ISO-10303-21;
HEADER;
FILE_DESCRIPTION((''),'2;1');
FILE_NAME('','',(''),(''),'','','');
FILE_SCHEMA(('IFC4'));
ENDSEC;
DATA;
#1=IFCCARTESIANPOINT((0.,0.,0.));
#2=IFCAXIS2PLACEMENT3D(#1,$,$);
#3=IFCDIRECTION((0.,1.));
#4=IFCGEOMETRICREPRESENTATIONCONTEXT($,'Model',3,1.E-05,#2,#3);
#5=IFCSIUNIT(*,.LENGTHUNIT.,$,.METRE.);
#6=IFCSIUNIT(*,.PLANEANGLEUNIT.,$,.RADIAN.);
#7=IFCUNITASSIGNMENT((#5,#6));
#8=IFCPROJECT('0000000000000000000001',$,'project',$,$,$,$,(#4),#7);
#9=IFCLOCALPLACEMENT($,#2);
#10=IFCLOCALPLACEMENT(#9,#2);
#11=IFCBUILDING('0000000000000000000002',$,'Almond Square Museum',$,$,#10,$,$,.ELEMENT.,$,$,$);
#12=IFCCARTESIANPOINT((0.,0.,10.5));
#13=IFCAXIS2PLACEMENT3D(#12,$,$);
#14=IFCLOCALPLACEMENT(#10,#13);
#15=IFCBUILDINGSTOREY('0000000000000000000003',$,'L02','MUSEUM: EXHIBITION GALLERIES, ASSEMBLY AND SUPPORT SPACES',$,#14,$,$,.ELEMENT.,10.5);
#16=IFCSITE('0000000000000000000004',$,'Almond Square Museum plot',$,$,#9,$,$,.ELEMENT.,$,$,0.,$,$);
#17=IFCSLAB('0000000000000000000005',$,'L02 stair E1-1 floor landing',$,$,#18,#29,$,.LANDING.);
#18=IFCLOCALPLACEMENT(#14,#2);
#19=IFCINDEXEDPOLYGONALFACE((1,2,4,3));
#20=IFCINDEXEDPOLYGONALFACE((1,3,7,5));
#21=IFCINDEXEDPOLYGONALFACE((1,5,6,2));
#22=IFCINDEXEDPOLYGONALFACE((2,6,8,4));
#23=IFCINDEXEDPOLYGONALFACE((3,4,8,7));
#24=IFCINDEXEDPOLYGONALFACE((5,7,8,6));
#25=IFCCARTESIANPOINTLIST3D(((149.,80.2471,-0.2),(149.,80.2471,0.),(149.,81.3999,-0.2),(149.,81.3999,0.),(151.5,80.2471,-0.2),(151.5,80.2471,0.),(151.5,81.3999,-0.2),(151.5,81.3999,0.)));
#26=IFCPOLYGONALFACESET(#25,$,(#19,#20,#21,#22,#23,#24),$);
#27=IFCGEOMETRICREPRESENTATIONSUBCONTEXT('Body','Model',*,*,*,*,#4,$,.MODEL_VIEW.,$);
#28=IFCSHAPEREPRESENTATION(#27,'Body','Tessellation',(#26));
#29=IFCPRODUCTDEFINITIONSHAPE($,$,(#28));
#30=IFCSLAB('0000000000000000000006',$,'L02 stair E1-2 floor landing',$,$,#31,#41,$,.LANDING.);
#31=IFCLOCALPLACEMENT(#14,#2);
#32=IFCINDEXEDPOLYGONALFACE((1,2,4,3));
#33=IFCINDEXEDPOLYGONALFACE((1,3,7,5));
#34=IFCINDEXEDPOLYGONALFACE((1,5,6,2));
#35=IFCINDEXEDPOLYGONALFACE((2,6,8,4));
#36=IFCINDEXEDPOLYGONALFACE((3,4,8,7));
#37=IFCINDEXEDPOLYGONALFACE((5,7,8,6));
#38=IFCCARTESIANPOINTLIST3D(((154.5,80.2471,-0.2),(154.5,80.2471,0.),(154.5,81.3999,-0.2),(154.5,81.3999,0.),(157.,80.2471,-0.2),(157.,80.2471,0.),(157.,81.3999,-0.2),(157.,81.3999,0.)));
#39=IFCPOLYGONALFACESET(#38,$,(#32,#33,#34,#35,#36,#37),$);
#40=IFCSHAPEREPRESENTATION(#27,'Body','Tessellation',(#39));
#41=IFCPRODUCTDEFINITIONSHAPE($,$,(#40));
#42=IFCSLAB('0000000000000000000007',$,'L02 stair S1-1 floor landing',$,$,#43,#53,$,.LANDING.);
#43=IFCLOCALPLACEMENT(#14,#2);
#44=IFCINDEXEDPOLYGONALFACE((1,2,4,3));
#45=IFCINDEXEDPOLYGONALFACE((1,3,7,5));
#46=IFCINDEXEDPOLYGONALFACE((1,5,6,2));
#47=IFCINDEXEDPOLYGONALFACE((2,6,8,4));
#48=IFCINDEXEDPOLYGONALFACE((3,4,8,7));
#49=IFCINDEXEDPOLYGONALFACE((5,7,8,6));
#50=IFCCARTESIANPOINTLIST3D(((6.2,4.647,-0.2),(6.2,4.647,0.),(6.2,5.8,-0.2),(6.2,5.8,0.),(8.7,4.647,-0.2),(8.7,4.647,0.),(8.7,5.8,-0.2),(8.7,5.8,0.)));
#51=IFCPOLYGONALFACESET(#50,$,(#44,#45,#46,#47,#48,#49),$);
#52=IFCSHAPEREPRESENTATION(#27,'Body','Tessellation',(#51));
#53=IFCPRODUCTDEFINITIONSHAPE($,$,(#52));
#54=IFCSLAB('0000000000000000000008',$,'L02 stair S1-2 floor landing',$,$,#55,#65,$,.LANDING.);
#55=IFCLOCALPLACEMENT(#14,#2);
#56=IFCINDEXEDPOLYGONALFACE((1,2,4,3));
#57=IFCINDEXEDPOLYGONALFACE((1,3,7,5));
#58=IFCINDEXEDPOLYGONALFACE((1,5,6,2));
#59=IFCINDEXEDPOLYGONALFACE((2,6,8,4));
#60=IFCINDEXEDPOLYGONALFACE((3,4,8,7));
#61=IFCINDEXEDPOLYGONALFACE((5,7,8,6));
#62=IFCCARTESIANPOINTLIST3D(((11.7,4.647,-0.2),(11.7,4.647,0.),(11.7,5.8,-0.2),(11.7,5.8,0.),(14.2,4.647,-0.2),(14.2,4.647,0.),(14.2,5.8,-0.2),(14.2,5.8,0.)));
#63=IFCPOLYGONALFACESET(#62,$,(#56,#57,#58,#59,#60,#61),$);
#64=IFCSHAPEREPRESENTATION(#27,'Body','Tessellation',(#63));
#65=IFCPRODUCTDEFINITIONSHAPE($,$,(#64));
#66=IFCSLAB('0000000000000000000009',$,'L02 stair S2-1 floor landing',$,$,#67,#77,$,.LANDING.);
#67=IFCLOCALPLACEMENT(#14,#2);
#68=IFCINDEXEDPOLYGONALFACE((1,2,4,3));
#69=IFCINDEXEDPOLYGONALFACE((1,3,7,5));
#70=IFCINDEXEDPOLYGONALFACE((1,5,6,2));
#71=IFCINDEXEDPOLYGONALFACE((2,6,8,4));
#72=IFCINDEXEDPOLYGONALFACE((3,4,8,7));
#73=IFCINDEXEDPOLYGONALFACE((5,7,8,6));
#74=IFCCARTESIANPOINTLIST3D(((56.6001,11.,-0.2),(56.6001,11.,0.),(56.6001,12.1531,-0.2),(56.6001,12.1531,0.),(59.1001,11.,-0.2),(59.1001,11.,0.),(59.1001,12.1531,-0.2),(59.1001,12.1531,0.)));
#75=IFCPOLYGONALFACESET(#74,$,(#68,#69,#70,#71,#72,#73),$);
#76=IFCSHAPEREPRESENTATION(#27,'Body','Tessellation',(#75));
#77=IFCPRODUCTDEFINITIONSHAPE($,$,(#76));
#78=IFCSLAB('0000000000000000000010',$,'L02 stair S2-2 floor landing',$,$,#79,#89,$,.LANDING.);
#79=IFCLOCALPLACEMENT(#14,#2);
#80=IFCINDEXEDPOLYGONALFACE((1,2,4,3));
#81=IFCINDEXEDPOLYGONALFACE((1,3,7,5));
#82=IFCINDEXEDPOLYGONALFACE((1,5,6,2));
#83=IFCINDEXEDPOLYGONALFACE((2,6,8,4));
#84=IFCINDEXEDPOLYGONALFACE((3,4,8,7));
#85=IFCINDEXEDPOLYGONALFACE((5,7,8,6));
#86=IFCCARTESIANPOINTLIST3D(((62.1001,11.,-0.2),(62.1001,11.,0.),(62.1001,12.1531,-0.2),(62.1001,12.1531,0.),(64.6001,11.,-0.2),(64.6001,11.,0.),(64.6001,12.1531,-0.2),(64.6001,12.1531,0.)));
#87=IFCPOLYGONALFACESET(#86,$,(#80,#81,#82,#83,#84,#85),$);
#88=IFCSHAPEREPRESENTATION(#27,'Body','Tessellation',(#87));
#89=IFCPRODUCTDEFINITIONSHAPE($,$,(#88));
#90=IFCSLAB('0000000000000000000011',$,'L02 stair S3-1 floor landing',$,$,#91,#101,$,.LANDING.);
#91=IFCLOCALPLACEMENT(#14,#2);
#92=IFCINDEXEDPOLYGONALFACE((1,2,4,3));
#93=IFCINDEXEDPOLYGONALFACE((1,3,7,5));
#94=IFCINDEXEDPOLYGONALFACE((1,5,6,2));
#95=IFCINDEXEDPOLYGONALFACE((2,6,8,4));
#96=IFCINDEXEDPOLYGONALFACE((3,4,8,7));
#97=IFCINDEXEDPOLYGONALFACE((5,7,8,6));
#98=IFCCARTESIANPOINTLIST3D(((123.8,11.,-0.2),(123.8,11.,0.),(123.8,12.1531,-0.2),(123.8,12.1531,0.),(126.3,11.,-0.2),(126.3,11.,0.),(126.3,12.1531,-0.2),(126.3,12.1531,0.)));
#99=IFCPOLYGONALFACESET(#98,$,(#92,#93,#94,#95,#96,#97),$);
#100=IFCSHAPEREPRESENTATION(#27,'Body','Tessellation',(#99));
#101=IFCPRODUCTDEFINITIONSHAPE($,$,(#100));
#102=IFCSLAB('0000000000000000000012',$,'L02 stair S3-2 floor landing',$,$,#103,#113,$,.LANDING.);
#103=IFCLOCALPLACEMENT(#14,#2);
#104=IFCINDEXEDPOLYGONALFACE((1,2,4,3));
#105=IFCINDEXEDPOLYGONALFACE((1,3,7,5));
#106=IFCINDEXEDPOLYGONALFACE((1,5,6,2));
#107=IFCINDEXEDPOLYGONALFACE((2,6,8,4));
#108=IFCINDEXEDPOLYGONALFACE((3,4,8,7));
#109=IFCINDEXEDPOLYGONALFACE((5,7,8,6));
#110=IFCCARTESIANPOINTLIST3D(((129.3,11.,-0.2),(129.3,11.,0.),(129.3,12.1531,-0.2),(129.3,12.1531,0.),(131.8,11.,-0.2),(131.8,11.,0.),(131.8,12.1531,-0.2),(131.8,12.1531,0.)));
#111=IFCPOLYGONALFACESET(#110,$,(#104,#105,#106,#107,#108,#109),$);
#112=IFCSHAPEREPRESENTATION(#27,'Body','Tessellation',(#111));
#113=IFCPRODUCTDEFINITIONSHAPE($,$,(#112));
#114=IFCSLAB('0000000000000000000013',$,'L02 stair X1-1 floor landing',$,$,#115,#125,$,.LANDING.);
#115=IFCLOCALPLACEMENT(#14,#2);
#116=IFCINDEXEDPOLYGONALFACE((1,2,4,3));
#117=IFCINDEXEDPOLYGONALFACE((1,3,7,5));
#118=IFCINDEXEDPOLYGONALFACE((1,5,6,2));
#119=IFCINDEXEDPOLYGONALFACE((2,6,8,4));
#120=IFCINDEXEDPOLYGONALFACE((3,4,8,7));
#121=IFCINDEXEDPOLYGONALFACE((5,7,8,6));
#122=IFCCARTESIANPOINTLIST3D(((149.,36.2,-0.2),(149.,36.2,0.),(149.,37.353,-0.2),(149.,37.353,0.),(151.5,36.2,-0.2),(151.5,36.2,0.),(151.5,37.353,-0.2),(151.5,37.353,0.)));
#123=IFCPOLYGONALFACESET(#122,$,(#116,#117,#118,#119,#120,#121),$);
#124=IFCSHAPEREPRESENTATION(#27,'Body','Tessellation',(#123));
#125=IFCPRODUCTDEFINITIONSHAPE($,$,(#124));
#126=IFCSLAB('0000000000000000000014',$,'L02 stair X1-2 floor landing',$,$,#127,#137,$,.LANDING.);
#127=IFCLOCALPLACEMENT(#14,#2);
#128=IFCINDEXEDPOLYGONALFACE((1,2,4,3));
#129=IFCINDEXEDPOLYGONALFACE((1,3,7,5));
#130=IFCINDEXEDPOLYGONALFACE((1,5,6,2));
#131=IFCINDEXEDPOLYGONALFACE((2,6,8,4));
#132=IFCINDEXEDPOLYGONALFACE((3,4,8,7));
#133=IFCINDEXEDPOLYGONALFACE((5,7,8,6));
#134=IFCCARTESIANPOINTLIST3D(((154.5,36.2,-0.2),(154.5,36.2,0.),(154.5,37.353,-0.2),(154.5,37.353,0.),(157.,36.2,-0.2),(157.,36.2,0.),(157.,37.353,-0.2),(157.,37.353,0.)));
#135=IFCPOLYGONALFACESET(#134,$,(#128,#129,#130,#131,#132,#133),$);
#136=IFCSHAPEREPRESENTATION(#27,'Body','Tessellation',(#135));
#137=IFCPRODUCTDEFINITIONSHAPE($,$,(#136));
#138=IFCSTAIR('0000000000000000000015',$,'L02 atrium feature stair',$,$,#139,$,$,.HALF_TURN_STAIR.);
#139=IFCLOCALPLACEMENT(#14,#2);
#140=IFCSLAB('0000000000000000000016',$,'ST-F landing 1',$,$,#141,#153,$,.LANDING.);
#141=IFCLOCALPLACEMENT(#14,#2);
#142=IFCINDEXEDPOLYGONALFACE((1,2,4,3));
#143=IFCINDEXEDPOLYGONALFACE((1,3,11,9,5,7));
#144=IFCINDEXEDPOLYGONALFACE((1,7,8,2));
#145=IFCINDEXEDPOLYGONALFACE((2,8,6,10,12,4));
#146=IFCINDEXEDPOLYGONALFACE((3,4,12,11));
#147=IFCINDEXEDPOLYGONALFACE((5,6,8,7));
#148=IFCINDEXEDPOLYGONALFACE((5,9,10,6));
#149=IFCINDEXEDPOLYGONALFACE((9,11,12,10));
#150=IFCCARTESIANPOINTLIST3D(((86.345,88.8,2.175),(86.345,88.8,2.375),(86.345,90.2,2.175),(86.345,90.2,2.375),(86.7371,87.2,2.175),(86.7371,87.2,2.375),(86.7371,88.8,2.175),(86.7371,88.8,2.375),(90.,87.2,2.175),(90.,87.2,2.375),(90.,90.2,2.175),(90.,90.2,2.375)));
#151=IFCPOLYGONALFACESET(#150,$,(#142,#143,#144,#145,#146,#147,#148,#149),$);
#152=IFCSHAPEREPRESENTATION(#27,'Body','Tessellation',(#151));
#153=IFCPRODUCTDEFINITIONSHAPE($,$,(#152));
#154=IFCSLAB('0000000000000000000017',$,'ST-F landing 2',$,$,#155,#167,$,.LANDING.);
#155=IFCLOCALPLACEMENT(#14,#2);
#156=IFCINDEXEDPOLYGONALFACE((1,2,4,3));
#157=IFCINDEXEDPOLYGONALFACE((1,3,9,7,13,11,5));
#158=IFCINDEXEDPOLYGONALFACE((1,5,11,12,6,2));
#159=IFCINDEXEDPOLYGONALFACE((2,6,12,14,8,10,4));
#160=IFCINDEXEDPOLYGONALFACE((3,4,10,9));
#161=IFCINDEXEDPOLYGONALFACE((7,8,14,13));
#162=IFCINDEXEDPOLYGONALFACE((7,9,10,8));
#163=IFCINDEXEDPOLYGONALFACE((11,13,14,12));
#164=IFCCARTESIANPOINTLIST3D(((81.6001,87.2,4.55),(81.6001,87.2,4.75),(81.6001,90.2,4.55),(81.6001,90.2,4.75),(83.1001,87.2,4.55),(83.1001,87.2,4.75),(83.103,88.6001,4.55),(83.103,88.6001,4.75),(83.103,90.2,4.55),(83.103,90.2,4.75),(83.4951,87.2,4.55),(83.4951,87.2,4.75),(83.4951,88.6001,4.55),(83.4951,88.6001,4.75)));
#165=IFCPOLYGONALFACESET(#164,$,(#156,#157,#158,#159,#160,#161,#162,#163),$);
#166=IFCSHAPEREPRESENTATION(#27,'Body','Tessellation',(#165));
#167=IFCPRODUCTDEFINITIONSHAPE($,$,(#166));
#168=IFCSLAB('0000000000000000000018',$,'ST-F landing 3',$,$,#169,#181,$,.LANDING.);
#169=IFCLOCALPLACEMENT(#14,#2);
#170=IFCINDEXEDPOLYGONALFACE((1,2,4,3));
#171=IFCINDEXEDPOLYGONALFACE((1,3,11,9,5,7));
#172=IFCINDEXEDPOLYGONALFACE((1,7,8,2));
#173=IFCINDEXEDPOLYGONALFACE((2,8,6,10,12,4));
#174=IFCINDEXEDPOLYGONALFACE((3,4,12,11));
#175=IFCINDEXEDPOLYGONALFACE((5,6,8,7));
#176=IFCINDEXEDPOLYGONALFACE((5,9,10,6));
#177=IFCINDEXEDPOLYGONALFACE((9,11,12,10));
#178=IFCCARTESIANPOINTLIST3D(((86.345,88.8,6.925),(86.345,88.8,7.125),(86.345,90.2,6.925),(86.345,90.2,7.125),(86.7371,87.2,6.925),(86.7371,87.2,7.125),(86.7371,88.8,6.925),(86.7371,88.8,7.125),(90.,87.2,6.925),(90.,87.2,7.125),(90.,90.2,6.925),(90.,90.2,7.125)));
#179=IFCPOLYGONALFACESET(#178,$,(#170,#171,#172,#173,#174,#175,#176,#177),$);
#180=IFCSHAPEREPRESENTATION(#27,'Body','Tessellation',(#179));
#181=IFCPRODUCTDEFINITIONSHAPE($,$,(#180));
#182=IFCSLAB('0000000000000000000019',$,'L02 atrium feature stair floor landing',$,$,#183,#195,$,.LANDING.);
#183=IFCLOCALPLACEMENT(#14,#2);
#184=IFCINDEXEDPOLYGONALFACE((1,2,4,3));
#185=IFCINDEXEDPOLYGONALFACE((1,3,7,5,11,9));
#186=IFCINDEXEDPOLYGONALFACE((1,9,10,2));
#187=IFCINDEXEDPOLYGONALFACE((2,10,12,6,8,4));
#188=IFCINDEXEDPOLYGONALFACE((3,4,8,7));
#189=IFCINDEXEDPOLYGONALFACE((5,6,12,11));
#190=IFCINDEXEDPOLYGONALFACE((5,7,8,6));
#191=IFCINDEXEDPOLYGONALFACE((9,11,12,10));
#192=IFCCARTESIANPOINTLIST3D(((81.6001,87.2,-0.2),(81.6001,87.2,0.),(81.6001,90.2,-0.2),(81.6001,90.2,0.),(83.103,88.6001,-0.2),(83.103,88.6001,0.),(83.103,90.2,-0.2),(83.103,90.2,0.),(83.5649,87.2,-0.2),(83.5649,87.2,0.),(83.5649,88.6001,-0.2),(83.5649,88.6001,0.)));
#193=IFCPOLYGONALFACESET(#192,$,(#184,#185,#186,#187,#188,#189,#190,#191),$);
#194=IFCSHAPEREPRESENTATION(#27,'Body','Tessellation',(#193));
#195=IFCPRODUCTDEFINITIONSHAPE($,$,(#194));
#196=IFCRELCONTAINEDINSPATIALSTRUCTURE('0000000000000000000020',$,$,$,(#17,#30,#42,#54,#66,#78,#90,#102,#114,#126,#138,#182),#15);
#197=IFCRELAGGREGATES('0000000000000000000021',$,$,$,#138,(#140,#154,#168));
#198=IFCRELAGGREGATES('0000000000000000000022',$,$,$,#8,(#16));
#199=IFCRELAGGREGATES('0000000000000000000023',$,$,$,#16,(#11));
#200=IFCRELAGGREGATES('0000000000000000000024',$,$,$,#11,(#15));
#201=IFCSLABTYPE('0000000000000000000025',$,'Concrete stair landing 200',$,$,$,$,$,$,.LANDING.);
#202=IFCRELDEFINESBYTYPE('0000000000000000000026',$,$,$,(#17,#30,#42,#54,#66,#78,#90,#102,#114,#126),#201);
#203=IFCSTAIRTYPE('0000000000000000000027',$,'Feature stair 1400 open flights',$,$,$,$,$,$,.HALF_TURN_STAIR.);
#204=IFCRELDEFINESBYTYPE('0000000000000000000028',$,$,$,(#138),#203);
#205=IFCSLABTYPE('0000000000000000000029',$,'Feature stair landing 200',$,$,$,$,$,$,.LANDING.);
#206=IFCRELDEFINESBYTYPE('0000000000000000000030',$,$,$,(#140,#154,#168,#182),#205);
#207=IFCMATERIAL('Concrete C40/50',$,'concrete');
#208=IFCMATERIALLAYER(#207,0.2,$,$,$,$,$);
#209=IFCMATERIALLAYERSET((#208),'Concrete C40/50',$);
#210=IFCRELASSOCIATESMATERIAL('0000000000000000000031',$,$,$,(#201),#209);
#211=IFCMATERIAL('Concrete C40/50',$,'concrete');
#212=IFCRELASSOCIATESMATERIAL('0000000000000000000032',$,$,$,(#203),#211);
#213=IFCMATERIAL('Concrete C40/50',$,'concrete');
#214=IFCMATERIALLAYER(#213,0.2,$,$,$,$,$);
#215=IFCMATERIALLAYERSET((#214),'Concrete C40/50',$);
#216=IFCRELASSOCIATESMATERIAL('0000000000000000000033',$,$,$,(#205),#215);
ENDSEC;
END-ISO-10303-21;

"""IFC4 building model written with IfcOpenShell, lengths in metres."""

from ifc_helpers import new_model, si_unit, direction, frame, origin, place, context, subcontext, project, spatial, polyline, outline, extrude, material, layer, layer_set, type_object, element, aggregate, save


model = new_model("IFC4")

# Units and contexts
model_context = context("Model", 3, precision=1e-05, world=origin(), true_north=direction((0.0, 1.0)))
body_context = subcontext(model_context, "Body", "Model", "MODEL_VIEW")
ifc_project = project(units=[si_unit("LENGTHUNIT", "METRE"), si_unit("PLANEANGLEUNIT", "RADIAN")], contexts=[model_context])

# Site, building, storey
site_placement = place(None, origin())
site = spatial("IfcSite", under=ifc_project, at=site_placement, Name="Almond Square Museum plot", CompositionType="ELEMENT", RefElevation=0.0)
building_placement = place(site_placement, origin())
building = spatial("IfcBuilding", under=site, at=building_placement, Name="Almond Square Museum", CompositionType="ELEMENT")
storey_placement = place(building_placement, frame((0.0, 0.0, 10.5)))
storey = spatial("IfcBuildingStorey", under=building, at=storey_placement, Name="L02", Description="MUSEUM: EXHIBITION GALLERIES, ASSEMBLY AND SUPPORT SPACES", CompositionType="ELEMENT", Elevation=10.5)

# Slabs
ifc_material_1 = material(Name="Concrete C40/50", Category="concrete")
ifc_layer_1 = layer(ifc_material_1, 0.2)
ifc_layer_set_1 = layer_set([ifc_layer_1], Name="Concrete C40/50")
slab_type_1 = type_object("IfcSlabType", Name="Concrete stair landing 200", PredefinedType="LANDING", material=ifc_layer_set_1)
slab_1_placement = place(storey_placement, frame((0.0, 0.0, -0.2)))
element("IfcSlab", 1, at=slab_1_placement, inside=storey, type_object=slab_type_1, Name="L02 stair E1-1 floor landing", PredefinedType="LANDING", context=body_context, shape_type="SweptSolid", body=[
    extrude(outline(polyline([(149.0, 80.2471), (151.5, 80.2471), (151.5, 81.3999), (149.0, 81.3999), (149.0, 80.2471)])), origin(), (0.0, 0.0, 1.0), 0.2),
])
slab_2_placement = place(storey_placement, frame((0.0, 0.0, -0.2)))
element("IfcSlab", 2, at=slab_2_placement, inside=storey, type_object=slab_type_1, Name="L02 stair E1-2 floor landing", PredefinedType="LANDING", context=body_context, shape_type="SweptSolid", body=[
    extrude(outline(polyline([(154.5, 80.2471), (157.0, 80.2471), (157.0, 81.3999), (154.5, 81.3999), (154.5, 80.2471)])), origin(), (0.0, 0.0, 1.0), 0.2),
])
slab_3_placement = place(storey_placement, frame((0.0, 0.0, -0.2)))
element("IfcSlab", 3, at=slab_3_placement, inside=storey, type_object=slab_type_1, Name="L02 stair S1-1 floor landing", PredefinedType="LANDING", context=body_context, shape_type="SweptSolid", body=[
    extrude(outline(polyline([(6.2, 4.647), (8.7, 4.647), (8.7, 5.8), (6.2, 5.8), (6.2, 4.647)])), origin(), (0.0, 0.0, 1.0), 0.2),
])
slab_4_placement = place(storey_placement, frame((0.0, 0.0, -0.2)))
element("IfcSlab", 4, at=slab_4_placement, inside=storey, type_object=slab_type_1, Name="L02 stair S1-2 floor landing", PredefinedType="LANDING", context=body_context, shape_type="SweptSolid", body=[
    extrude(outline(polyline([(11.7, 4.647), (14.2, 4.647), (14.2, 5.8), (11.7, 5.8), (11.7, 4.647)])), origin(), (0.0, 0.0, 1.0), 0.2),
])
slab_5_placement = place(storey_placement, frame((0.0, 0.0, -0.2)))
element("IfcSlab", 5, at=slab_5_placement, inside=storey, type_object=slab_type_1, Name="L02 stair S2-1 floor landing", PredefinedType="LANDING", context=body_context, shape_type="SweptSolid", body=[
    extrude(outline(polyline([(56.6001, 11.0), (59.1001, 11.0), (59.1001, 12.1531), (56.6001, 12.1531), (56.6001, 11.0)])), origin(), (0.0, 0.0, 1.0), 0.2),
])
slab_6_placement = place(storey_placement, frame((0.0, 0.0, -0.2)))
element("IfcSlab", 6, at=slab_6_placement, inside=storey, type_object=slab_type_1, Name="L02 stair S2-2 floor landing", PredefinedType="LANDING", context=body_context, shape_type="SweptSolid", body=[
    extrude(outline(polyline([(62.1001, 11.0), (64.6001, 11.0), (64.6001, 12.1531), (62.1001, 12.1531), (62.1001, 11.0)])), origin(), (0.0, 0.0, 1.0), 0.2),
])
slab_7_placement = place(storey_placement, frame((0.0, 0.0, -0.2)))
element("IfcSlab", 7, at=slab_7_placement, inside=storey, type_object=slab_type_1, Name="L02 stair S3-1 floor landing", PredefinedType="LANDING", context=body_context, shape_type="SweptSolid", body=[
    extrude(outline(polyline([(123.8, 11.0), (126.3, 11.0), (126.3, 12.1531), (123.8, 12.1531), (123.8, 11.0)])), origin(), (0.0, 0.0, 1.0), 0.2),
])
slab_8_placement = place(storey_placement, frame((0.0, 0.0, -0.2)))
element("IfcSlab", 8, at=slab_8_placement, inside=storey, type_object=slab_type_1, Name="L02 stair S3-2 floor landing", PredefinedType="LANDING", context=body_context, shape_type="SweptSolid", body=[
    extrude(outline(polyline([(129.3, 11.0), (131.8, 11.0), (131.8, 12.1531), (129.3, 12.1531), (129.3, 11.0)])), origin(), (0.0, 0.0, 1.0), 0.2),
])
slab_9_placement = place(storey_placement, frame((0.0, 0.0, -0.2)))
element("IfcSlab", 9, at=slab_9_placement, inside=storey, type_object=slab_type_1, Name="L02 stair X1-1 floor landing", PredefinedType="LANDING", context=body_context, shape_type="SweptSolid", body=[
    extrude(outline(polyline([(149.0, 36.2), (151.5, 36.2), (151.5, 37.353), (149.0, 37.353), (149.0, 36.2)])), origin(), (0.0, 0.0, 1.0), 0.2),
])
slab_10_placement = place(storey_placement, frame((0.0, 0.0, -0.2)))
element("IfcSlab", 10, at=slab_10_placement, inside=storey, type_object=slab_type_1, Name="L02 stair X1-2 floor landing", PredefinedType="LANDING", context=body_context, shape_type="SweptSolid", body=[
    extrude(outline(polyline([(154.5, 36.2), (157.0, 36.2), (157.0, 37.353), (154.5, 37.353), (154.5, 36.2)])), origin(), (0.0, 0.0, 1.0), 0.2),
])

# Stair, slabs
ifc_material_2 = material(Name="Concrete C40/50", Category="concrete")
stair_type = type_object("IfcStairType", Name="Feature stair 1400 open flights", PredefinedType="HALF_TURN_STAIR", material=ifc_material_2)
stair_placement = place(storey_placement, origin())
stair = element("IfcStair", 11, at=stair_placement, inside=storey, type_object=stair_type, Name="L02 atrium feature stair", PredefinedType="HALF_TURN_STAIR")
ifc_material_3 = material(Name="Concrete C40/50", Category="concrete")
ifc_layer_2 = layer(ifc_material_3, 0.2)
ifc_layer_set_2 = layer_set([ifc_layer_2], Name="Concrete C40/50")
slab_type_2 = type_object("IfcSlabType", Name="Feature stair landing 200", PredefinedType="LANDING", material=ifc_layer_set_2)
slab_11_placement = place(storey_placement, frame((0.0, 0.0, 2.175)))
slab_11 = element("IfcSlab", 12, at=slab_11_placement, type_object=slab_type_2, Name="ST-F landing 1", PredefinedType="LANDING", context=body_context, shape_type="SweptSolid", body=[
    extrude(outline(polyline([(86.7371, 87.2), (90.0, 87.2), (90.0, 90.2), (86.345, 90.2), (86.345, 88.8), (86.7371, 88.8), (86.7371, 87.2)])), origin(), (0.0, 0.0, 1.0), 0.2),
])
slab_12_placement = place(storey_placement, frame((0.0, 0.0, 4.55)))
slab_12 = element("IfcSlab", 13, at=slab_12_placement, type_object=slab_type_2, Name="ST-F landing 2", PredefinedType="LANDING", context=body_context, shape_type="SweptSolid", body=[
    extrude(outline(polyline([(81.6001, 87.2), (83.1001, 87.2), (83.4951, 87.2), (83.4951, 88.6001), (83.103, 88.6001), (83.103, 90.2), (81.6001, 90.2), (81.6001, 87.2)])), origin(), (0.0, 0.0, 1.0), 0.2),
])
slab_13_placement = place(storey_placement, frame((0.0, 0.0, 6.925)))
slab_13 = element("IfcSlab", 14, at=slab_13_placement, type_object=slab_type_2, Name="ST-F landing 3", PredefinedType="LANDING", context=body_context, shape_type="SweptSolid", body=[
    extrude(outline(polyline([(86.7371, 87.2), (90.0, 87.2), (90.0, 90.2), (86.345, 90.2), (86.345, 88.8), (86.7371, 88.8), (86.7371, 87.2)])), origin(), (0.0, 0.0, 1.0), 0.2),
])
aggregate(stair, [slab_11, slab_12, slab_13])

# Slab
slab_14_placement = place(storey_placement, frame((0.0, 0.0, -0.2)))
element("IfcSlab", 15, at=slab_14_placement, inside=storey, type_object=slab_type_2, Name="L02 atrium feature stair floor landing", PredefinedType="LANDING", context=body_context, shape_type="SweptSolid", body=[
    extrude(outline(polyline([(81.6001, 87.2), (83.5649, 87.2), (83.5649, 88.6001), (83.103, 88.6001), (83.103, 90.2), (81.6001, 90.2), (81.6001, 87.2)])), origin(), (0.0, 0.0, 1.0), 0.2),
])

save(model, "model.ifc")
